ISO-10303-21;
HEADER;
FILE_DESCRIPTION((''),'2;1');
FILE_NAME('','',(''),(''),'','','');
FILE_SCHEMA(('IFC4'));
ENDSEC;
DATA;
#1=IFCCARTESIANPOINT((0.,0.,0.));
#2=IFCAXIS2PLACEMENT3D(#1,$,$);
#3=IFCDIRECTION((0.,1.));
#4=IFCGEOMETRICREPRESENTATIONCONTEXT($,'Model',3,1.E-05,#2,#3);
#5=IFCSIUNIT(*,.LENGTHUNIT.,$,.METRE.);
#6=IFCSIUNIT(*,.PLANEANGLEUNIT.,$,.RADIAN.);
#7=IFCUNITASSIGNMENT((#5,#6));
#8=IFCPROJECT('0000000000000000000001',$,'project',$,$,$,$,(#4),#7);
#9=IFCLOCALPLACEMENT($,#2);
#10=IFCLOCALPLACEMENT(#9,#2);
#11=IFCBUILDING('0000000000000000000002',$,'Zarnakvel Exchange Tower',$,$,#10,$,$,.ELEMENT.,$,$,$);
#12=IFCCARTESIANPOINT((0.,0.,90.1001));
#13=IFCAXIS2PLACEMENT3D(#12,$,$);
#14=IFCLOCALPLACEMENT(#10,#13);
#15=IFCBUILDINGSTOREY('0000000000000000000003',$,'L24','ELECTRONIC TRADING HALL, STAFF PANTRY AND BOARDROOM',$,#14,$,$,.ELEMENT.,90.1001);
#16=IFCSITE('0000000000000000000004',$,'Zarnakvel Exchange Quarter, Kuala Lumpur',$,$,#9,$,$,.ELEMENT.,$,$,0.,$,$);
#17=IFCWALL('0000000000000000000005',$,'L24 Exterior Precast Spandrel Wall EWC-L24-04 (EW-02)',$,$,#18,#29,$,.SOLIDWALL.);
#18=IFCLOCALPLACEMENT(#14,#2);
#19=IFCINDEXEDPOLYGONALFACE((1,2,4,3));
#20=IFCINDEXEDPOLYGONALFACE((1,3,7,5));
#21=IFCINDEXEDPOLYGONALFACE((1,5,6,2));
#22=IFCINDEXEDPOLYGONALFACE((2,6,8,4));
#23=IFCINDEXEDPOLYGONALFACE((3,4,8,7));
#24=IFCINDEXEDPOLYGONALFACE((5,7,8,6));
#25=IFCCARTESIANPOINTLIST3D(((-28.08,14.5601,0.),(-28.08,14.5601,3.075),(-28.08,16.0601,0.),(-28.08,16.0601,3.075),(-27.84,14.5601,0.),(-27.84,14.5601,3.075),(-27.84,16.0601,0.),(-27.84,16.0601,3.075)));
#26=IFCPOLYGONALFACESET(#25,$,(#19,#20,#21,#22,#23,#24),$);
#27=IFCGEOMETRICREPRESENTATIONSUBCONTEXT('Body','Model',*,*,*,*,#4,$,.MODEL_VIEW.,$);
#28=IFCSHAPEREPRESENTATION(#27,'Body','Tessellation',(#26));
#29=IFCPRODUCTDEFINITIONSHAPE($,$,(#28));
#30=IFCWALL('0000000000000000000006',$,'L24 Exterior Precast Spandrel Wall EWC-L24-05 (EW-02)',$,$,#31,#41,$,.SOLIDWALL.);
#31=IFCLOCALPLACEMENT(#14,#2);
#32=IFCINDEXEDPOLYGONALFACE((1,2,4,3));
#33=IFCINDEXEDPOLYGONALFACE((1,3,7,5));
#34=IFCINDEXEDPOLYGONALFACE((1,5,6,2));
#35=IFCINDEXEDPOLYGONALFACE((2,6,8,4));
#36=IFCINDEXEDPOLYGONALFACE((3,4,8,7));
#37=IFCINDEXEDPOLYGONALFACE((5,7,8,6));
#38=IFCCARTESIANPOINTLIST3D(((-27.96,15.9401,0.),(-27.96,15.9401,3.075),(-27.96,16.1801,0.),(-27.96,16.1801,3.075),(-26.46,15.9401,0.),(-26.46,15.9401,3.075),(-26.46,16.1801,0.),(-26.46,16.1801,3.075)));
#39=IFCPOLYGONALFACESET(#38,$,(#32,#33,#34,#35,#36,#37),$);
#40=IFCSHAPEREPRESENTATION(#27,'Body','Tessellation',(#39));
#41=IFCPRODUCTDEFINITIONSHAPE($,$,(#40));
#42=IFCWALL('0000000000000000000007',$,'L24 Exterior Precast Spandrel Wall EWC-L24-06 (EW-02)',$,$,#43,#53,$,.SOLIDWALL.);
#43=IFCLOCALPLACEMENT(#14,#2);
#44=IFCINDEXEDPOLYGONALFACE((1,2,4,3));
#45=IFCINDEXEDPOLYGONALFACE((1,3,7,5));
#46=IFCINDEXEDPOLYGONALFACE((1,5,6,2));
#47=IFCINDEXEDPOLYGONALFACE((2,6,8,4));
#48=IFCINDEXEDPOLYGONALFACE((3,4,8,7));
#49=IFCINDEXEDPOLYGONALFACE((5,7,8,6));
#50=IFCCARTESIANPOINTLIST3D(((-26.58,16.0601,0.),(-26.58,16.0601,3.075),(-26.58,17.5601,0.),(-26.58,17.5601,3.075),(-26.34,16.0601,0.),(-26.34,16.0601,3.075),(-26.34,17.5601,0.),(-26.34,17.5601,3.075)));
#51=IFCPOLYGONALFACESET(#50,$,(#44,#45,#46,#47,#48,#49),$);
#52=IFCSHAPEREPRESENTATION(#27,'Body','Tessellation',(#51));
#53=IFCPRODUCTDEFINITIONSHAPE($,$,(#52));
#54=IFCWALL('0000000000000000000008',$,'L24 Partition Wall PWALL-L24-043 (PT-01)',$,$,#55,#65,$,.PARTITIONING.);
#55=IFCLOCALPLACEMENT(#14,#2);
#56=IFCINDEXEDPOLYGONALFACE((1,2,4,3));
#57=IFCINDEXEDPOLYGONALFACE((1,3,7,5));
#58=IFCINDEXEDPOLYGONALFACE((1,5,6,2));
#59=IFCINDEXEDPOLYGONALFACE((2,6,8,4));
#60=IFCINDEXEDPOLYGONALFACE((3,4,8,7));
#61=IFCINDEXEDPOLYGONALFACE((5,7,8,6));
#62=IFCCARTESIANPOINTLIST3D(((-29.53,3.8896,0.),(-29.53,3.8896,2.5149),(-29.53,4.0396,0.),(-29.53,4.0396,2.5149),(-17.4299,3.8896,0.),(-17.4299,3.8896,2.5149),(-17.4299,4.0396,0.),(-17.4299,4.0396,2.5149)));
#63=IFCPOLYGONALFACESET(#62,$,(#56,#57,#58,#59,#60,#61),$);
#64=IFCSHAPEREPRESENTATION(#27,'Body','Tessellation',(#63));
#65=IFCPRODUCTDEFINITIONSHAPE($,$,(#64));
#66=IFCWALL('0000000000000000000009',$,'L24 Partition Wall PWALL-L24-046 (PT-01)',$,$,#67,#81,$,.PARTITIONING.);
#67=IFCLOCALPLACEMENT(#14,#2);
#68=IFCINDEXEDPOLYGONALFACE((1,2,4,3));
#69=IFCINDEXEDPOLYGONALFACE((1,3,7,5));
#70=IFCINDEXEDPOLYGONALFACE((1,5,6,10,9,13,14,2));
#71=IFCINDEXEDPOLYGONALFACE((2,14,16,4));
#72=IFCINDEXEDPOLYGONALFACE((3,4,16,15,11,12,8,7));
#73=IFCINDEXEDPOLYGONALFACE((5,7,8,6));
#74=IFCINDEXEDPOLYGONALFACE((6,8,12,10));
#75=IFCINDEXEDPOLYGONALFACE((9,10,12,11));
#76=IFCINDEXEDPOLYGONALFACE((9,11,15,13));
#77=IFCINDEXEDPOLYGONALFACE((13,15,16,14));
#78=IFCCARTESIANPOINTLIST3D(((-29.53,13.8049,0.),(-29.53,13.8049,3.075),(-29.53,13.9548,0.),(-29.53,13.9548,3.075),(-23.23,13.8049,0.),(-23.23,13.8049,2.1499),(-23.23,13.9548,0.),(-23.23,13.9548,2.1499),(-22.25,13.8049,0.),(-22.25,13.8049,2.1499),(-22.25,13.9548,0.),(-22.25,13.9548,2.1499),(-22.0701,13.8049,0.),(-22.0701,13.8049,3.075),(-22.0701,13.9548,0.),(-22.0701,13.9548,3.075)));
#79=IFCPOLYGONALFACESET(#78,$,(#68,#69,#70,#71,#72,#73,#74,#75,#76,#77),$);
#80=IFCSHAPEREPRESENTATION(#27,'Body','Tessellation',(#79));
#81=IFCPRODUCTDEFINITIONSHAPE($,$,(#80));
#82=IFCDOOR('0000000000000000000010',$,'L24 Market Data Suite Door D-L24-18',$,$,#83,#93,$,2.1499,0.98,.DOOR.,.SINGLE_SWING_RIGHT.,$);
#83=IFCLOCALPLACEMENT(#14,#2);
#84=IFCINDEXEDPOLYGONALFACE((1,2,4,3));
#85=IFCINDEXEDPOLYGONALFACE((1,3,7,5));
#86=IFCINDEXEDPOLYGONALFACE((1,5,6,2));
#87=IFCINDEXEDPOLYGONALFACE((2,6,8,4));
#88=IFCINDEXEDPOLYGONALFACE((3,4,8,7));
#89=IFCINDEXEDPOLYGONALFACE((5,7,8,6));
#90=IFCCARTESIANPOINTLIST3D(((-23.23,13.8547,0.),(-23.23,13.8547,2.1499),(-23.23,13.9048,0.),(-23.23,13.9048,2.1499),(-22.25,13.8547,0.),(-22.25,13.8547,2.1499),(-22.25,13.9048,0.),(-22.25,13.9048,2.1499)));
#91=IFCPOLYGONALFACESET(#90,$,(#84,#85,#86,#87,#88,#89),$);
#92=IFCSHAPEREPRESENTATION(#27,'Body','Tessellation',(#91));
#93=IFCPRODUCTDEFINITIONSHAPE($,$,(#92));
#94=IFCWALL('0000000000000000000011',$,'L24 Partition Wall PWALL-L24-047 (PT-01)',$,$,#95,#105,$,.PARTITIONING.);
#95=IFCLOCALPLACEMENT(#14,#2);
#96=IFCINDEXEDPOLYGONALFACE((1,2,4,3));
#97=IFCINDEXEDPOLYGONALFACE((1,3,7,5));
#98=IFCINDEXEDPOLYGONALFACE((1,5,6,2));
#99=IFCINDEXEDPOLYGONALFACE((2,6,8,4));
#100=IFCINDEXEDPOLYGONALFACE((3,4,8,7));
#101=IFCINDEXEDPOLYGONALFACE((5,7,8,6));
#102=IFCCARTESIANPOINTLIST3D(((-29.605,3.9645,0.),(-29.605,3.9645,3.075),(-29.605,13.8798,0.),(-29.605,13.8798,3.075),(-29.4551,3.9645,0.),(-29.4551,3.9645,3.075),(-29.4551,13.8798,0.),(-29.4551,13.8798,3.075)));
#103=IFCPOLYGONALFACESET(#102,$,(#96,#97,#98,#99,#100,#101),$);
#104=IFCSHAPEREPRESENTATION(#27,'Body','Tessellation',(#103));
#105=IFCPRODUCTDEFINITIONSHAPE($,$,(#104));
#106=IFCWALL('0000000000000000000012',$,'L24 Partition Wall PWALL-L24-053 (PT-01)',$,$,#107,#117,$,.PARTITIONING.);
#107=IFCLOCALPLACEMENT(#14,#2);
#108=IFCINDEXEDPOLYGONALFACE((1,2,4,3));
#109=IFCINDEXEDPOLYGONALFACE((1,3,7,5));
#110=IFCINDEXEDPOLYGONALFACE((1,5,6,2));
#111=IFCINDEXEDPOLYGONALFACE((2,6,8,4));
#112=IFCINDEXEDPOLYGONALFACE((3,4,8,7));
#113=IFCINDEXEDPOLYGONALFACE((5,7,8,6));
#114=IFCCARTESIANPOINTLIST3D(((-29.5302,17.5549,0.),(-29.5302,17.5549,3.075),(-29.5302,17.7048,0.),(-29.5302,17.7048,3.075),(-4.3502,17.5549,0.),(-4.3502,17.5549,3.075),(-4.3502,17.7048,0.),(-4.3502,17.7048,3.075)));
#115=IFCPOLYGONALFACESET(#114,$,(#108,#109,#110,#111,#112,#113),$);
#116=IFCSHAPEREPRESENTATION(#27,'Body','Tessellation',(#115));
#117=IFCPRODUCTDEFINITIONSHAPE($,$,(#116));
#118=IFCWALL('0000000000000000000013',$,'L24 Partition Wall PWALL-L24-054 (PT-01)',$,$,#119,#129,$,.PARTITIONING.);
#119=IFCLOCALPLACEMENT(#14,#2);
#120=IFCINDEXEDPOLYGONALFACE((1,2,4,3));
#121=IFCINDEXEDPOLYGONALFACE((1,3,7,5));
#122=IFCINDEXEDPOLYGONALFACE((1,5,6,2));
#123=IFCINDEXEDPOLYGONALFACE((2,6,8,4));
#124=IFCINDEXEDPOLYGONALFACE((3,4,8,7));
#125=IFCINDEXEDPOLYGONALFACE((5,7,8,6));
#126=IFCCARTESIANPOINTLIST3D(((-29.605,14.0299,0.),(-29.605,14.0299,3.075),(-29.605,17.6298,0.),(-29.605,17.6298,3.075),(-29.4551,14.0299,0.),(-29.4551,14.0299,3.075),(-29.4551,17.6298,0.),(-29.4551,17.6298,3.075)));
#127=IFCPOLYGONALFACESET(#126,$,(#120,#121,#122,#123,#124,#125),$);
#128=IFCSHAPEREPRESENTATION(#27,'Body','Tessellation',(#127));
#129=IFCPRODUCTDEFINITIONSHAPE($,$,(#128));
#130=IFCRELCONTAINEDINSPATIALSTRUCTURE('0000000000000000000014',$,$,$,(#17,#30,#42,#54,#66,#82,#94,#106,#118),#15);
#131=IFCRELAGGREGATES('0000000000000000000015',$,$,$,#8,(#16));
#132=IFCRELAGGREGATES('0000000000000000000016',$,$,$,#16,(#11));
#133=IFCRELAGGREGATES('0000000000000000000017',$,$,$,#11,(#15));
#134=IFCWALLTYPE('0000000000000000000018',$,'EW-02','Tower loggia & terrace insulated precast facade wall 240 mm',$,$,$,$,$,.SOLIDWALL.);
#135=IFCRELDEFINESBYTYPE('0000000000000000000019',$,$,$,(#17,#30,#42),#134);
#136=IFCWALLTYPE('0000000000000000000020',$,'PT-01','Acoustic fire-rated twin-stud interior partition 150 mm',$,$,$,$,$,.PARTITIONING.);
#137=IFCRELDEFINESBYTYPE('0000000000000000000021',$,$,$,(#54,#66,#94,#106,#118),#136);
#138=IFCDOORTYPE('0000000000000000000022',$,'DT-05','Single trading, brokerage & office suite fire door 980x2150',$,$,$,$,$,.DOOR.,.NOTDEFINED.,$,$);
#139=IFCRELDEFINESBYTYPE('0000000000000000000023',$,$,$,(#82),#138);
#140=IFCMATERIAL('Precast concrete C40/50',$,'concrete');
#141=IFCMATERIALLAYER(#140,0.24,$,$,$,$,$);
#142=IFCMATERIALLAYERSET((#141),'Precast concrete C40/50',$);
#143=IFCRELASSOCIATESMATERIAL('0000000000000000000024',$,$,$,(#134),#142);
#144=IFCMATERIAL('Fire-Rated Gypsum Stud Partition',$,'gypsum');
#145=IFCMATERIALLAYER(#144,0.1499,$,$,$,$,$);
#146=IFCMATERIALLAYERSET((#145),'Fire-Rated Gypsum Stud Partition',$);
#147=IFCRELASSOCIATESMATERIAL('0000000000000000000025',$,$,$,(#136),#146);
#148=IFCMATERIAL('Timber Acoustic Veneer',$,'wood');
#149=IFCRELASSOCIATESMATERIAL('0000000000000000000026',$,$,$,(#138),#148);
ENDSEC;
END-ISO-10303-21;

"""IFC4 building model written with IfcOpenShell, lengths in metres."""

from ifc_helpers import new_model, si_unit, direction, frame, frame_2d, origin, place, context, subcontext, project, spatial, rectangle, extrude, source, transform, mapped, material, layer, layer_set, type_object, element, fill, save


model = new_model("IFC4")

# Units and contexts
model_context = context("Model", 3, precision=1e-05, world=origin(), true_north=direction((0.0, 1.0)))
body_context = subcontext(model_context, "Body", "Model", "MODEL_VIEW")
ifc_project = project(units=[si_unit("LENGTHUNIT", "METRE"), si_unit("PLANEANGLEUNIT", "RADIAN")], contexts=[model_context])

# Site, building, storey
site_placement = place(None, origin())
site = spatial("IfcSite", under=ifc_project, at=site_placement, Name="Zarnakvel Exchange Quarter, Kuala Lumpur", CompositionType="ELEMENT", RefElevation=0.0)
building_placement = place(site_placement, origin())
building = spatial("IfcBuilding", under=site, at=building_placement, Name="Zarnakvel Exchange Tower", CompositionType="ELEMENT")
storey_placement = place(building_placement, frame((0.0, 0.0, 90.1001)))
storey = spatial("IfcBuildingStorey", under=building, at=storey_placement, Name="L24", Description="ELECTRONIC TRADING HALL, STAFF PANTRY AND BOARDROOM", CompositionType="ELEMENT", Elevation=90.1001)

# Walls
ifc_material_1 = material(Name="Precast concrete C40/50", Category="concrete")
ifc_layer_1 = layer(ifc_material_1, 0.24)
ifc_layer_set_1 = layer_set([ifc_layer_1], Name="Precast concrete C40/50")
wall_type_1 = type_object("IfcWallType", Name="EW-02", Description="Tower loggia & terrace insulated precast facade wall 240 mm", PredefinedType="SOLIDWALL", material=ifc_layer_set_1)
for number, where, z_axis, x_axis, name in (
    (1, (-27.96, 16.0601, 0.0), (0.0, 0.0, 1.0), (0.0, -1.0, 0.0), "L24 Exterior Precast Spandrel Wall EWC-L24-04 (EW-02)"),
    (2, (-26.46, 16.0601, 0.0), (0.0, 0.0, 1.0), (-1.0, 0.0, 0.0), "L24 Exterior Precast Spandrel Wall EWC-L24-05 (EW-02)"),
    (3, (-26.46, 17.5601, 0.0), (0.0, 0.0, 1.0), (0.0, -1.0, 0.0), "L24 Exterior Precast Spandrel Wall EWC-L24-06 (EW-02)"),
):
    element("IfcWall", number, at=place(storey_placement, frame(where, z_axis=z_axis, x_axis=x_axis)), inside=storey, type_object=wall_type_1, Name=name, PredefinedType="SOLIDWALL", context=body_context, shape_type="SweptSolid", body=[
        extrude(rectangle(XDim=1.5, YDim=0.24, at=frame_2d((0.75, 0.0))), origin(), (0.0, 0.0, 1.0), 3.075),
    ])
ifc_material_2 = material(Name="Fire-Rated Gypsum Stud Partition", Category="gypsum")
ifc_layer_2 = layer(ifc_material_2, 0.1499)
ifc_layer_set_2 = layer_set([ifc_layer_2], Name="Fire-Rated Gypsum Stud Partition")
wall_type_2 = type_object("IfcWallType", Name="PT-01", Description="Acoustic fire-rated twin-stud interior partition 150 mm", PredefinedType="PARTITIONING", material=ifc_layer_set_2)
wall_1_placement = place(storey_placement, frame((-29.53, 3.9646, 0.0), z_axis=(0.0, 0.0, 1.0), x_axis=(1.0, 0.0, 0.0)))
element("IfcWall", 4, at=wall_1_placement, inside=storey, type_object=wall_type_2, Name="L24 Partition Wall PWALL-L24-043 (PT-01)", PredefinedType="PARTITIONING", context=body_context, shape_type="SweptSolid", body=[
    extrude(rectangle(XDim=12.1001, YDim=0.1499, at=frame_2d((6.05, 0.0))), origin(), (0.0, 0.0, 1.0), 2.5149),
])

# Wall, opening, door
wall_2_placement = place(storey_placement, frame((-29.53, 13.8799, 0.0), z_axis=(0.0, 0.0, 1.0), x_axis=(1.0, 0.0, 0.0)))
wall_2 = element("IfcWall", 5, at=wall_2_placement, inside=storey, type_object=wall_type_2, Name="L24 Partition Wall PWALL-L24-046 (PT-01)", PredefinedType="PARTITIONING", context=body_context, shape_type="SweptSolid", body=[
    extrude(rectangle(XDim=7.46, YDim=0.1499, at=frame_2d((3.73, 0.0))), origin(), (0.0, 0.0, 1.0), 3.075),
])
opening_placement = place(wall_2_placement, frame((6.3, 0.0, 0.0)))
opening = element("IfcOpeningElement", 6, at=opening_placement, cuts=wall_2, PredefinedType="OPENING", context=body_context, shape_type="SweptSolid", body=[
    extrude(rectangle(XDim=0.98, YDim=2.1499, at=frame_2d((0.49, 1.075))), frame((0.0, 0.085, 0.0), z_axis=(0.0, -1.0, 0.0), x_axis=(1.0, 0.0, 0.0)), (0.0, 0.0, 1.0), 0.1699),
])
ifc_material_3 = material(Name="Timber Acoustic Veneer", Category="wood")
door_type = type_object("IfcDoorType", Name="DT-05", Description="Single trading, brokerage & office suite fire door 980x2150", OperationType="NOTDEFINED", PredefinedType="DOOR", material=ifc_material_3)
shared_shape_1 = source(origin(), body_context, "Body", "SweptSolid", [
    extrude(rectangle(XDim=0.98, YDim=2.1499, at=frame_2d((0.49, 1.075))), frame((0.0, 0.0249, 0.0), z_axis=(0.0, -1.0, 0.0), x_axis=(1.0, 0.0, 0.0)), (0.0, 0.0, 1.0), 0.05),
])
door_placement = place(opening_placement, origin())
door = element("IfcDoor", 7, at=door_placement, inside=storey, type_object=door_type, Name="L24 Market Data Suite Door D-L24-18", OperationType="SINGLE_SWING_RIGHT", OverallHeight=2.1499, OverallWidth=0.98, PredefinedType="DOOR", context=body_context, shape_type="MappedRepresentation", body=[
    mapped(shared_shape_1, transform((0.0, 0.0, 0.0), x_axis=(1.0, 0.0, 0.0), y_axis=(0.0, 1.0, 0.0), z_axis=(0.0, 0.0, 1.0), scale=1.0)),
])
fill(opening, door)

# Walls
wall_3_placement = place(storey_placement, frame((-29.53, 3.9646, 0.0), z_axis=(0.0, 0.0, 1.0), x_axis=(0.0, 1.0, 0.0)))
element("IfcWall", 8, at=wall_3_placement, inside=storey, type_object=wall_type_2, Name="L24 Partition Wall PWALL-L24-047 (PT-01)", PredefinedType="PARTITIONING", context=body_context, shape_type="SweptSolid", body=[
    extrude(rectangle(XDim=9.9153, YDim=0.1499, at=frame_2d((4.9575, 0.0))), origin(), (0.0, 0.0, 1.0), 3.075),
])
wall_4_placement = place(storey_placement, frame((-29.53, 17.6299, 0.0), z_axis=(0.0, 0.0, 1.0), x_axis=(1.0, 0.0, 0.0)))
element("IfcWall", 9, at=wall_4_placement, inside=storey, type_object=wall_type_2, Name="L24 Partition Wall PWALL-L24-053 (PT-01)", PredefinedType="PARTITIONING", context=body_context, shape_type="SweptSolid", body=[
    extrude(rectangle(XDim=25.1799, YDim=0.1499, at=frame_2d((12.5898, 0.0))), origin(), (0.0, 0.0, 1.0), 3.075),
])
wall_5_placement = place(storey_placement, frame((-29.53, 14.03, 0.0), z_axis=(0.0, 0.0, 1.0), x_axis=(0.0, 1.0, 0.0)))
element("IfcWall", 10, at=wall_5_placement, inside=storey, type_object=wall_type_2, Name="L24 Partition Wall PWALL-L24-054 (PT-01)", PredefinedType="PARTITIONING", context=body_context, shape_type="SweptSolid", body=[
    extrude(rectangle(XDim=3.5999, YDim=0.1499, at=frame_2d((1.7998, 0.0))), origin(), (0.0, 0.0, 1.0), 3.075),
])

save(model, "model.ifc")
